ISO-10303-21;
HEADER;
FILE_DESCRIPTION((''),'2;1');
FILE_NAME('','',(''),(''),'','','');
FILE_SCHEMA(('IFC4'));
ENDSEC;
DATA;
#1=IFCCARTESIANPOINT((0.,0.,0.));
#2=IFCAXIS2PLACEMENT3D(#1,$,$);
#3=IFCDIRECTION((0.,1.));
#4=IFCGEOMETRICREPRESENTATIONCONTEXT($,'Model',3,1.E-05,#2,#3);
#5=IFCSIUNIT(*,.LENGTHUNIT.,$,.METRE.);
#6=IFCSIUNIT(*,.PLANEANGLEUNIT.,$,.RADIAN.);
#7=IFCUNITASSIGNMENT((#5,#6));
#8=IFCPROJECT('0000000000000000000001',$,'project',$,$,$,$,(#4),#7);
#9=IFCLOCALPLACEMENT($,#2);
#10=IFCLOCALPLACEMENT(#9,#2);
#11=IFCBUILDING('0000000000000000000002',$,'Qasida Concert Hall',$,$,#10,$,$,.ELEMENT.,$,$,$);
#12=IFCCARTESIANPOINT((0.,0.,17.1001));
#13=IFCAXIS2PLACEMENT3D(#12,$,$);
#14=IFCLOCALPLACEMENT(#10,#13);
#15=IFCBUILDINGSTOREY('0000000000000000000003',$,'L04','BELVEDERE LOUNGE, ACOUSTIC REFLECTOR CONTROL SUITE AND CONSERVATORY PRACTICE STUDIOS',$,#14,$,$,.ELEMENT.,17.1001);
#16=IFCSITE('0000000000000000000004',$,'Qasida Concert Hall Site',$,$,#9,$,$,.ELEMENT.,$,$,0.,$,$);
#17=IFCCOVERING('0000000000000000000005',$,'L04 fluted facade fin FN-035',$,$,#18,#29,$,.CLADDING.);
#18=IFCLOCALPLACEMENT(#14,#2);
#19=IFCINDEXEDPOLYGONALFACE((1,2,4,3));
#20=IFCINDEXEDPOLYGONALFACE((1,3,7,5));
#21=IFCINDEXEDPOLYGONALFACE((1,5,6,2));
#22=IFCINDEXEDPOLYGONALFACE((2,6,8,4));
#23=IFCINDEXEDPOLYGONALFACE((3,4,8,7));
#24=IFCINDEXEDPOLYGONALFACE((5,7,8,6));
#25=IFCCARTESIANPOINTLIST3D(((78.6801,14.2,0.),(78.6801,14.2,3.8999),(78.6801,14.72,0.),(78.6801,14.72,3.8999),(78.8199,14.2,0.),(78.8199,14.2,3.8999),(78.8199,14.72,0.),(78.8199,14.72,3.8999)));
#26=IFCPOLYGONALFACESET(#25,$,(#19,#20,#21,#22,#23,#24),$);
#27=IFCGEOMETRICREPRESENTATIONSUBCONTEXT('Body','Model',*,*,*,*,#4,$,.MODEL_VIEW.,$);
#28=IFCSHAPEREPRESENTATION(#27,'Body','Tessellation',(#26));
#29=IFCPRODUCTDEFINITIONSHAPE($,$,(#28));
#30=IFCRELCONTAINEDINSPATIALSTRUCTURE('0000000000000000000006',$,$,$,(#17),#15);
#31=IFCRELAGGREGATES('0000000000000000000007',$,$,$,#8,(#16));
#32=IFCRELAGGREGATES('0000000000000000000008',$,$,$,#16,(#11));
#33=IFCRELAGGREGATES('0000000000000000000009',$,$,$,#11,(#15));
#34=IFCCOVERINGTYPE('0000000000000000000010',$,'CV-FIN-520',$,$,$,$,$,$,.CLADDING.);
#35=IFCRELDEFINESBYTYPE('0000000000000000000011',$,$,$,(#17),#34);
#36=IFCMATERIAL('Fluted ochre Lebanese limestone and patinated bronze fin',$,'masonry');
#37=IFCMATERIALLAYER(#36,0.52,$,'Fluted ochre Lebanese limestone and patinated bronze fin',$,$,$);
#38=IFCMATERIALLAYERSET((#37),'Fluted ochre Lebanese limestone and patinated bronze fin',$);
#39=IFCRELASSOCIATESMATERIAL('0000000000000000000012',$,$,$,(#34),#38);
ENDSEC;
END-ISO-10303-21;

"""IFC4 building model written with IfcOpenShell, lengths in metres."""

from ifc_helpers import new_model, si_unit, direction, frame, origin, origin_2d, place, context, subcontext, project, spatial, rectangle, extrude, material, layer, layer_set, type_object, element, save


model = new_model("IFC4")

# Units and contexts
model_context = context("Model", 3, precision=1e-05, world=origin(), true_north=direction((0.0, 1.0)))
body_context = subcontext(model_context, "Body", "Model", "MODEL_VIEW")
ifc_project = project(units=[si_unit("LENGTHUNIT", "METRE"), si_unit("PLANEANGLEUNIT", "RADIAN")], contexts=[model_context])

# Site, building, storey
site_placement = place(None, origin())
site = spatial("IfcSite", under=ifc_project, at=site_placement, Name="Qasida Concert Hall Site", CompositionType="ELEMENT", RefElevation=0.0)
building_placement = place(site_placement, origin())
building = spatial("IfcBuilding", under=site, at=building_placement, Name="Qasida Concert Hall", CompositionType="ELEMENT")
storey_placement = place(building_placement, frame((0.0, 0.0, 17.1001)))
storey = spatial("IfcBuildingStorey", under=building, at=storey_placement, Name="L04", Description="BELVEDERE LOUNGE, ACOUSTIC REFLECTOR CONTROL SUITE AND CONSERVATORY PRACTICE STUDIOS", CompositionType="ELEMENT", Elevation=17.1001)

# Covering
ifc_material_1 = material(Name="Fluted ochre Lebanese limestone and patinated bronze fin", Category="masonry")
ifc_layer_1 = layer(ifc_material_1, 0.52, Name="Fluted ochre Lebanese limestone and patinated bronze fin")
ifc_layer_set_1 = layer_set([ifc_layer_1], Name="Fluted ochre Lebanese limestone and patinated bronze fin")
covering_type = type_object("IfcCoveringType", Name="CV-FIN-520", PredefinedType="CLADDING", material=ifc_layer_set_1)
for number, where, z_axis, x_axis, name in (
    (1, (78.75, 14.46, 0.0), (0.0, 0.0, 1.0), (1.0, 0.0, 0.0), "L04 fluted facade fin FN-035"),
):
    element("IfcCovering", number, at=place(storey_placement, frame(where, z_axis=z_axis, x_axis=x_axis)), inside=storey, type_object=covering_type, Name=name, PredefinedType="CLADDING", context=body_context, shape_type="SweptSolid", body=[
        extrude(rectangle(XDim=0.1399, YDim=0.52, at=origin_2d()), origin(), (0.0, 0.0, 1.0), 3.8999),
    ])

save(model, "model.ifc")
